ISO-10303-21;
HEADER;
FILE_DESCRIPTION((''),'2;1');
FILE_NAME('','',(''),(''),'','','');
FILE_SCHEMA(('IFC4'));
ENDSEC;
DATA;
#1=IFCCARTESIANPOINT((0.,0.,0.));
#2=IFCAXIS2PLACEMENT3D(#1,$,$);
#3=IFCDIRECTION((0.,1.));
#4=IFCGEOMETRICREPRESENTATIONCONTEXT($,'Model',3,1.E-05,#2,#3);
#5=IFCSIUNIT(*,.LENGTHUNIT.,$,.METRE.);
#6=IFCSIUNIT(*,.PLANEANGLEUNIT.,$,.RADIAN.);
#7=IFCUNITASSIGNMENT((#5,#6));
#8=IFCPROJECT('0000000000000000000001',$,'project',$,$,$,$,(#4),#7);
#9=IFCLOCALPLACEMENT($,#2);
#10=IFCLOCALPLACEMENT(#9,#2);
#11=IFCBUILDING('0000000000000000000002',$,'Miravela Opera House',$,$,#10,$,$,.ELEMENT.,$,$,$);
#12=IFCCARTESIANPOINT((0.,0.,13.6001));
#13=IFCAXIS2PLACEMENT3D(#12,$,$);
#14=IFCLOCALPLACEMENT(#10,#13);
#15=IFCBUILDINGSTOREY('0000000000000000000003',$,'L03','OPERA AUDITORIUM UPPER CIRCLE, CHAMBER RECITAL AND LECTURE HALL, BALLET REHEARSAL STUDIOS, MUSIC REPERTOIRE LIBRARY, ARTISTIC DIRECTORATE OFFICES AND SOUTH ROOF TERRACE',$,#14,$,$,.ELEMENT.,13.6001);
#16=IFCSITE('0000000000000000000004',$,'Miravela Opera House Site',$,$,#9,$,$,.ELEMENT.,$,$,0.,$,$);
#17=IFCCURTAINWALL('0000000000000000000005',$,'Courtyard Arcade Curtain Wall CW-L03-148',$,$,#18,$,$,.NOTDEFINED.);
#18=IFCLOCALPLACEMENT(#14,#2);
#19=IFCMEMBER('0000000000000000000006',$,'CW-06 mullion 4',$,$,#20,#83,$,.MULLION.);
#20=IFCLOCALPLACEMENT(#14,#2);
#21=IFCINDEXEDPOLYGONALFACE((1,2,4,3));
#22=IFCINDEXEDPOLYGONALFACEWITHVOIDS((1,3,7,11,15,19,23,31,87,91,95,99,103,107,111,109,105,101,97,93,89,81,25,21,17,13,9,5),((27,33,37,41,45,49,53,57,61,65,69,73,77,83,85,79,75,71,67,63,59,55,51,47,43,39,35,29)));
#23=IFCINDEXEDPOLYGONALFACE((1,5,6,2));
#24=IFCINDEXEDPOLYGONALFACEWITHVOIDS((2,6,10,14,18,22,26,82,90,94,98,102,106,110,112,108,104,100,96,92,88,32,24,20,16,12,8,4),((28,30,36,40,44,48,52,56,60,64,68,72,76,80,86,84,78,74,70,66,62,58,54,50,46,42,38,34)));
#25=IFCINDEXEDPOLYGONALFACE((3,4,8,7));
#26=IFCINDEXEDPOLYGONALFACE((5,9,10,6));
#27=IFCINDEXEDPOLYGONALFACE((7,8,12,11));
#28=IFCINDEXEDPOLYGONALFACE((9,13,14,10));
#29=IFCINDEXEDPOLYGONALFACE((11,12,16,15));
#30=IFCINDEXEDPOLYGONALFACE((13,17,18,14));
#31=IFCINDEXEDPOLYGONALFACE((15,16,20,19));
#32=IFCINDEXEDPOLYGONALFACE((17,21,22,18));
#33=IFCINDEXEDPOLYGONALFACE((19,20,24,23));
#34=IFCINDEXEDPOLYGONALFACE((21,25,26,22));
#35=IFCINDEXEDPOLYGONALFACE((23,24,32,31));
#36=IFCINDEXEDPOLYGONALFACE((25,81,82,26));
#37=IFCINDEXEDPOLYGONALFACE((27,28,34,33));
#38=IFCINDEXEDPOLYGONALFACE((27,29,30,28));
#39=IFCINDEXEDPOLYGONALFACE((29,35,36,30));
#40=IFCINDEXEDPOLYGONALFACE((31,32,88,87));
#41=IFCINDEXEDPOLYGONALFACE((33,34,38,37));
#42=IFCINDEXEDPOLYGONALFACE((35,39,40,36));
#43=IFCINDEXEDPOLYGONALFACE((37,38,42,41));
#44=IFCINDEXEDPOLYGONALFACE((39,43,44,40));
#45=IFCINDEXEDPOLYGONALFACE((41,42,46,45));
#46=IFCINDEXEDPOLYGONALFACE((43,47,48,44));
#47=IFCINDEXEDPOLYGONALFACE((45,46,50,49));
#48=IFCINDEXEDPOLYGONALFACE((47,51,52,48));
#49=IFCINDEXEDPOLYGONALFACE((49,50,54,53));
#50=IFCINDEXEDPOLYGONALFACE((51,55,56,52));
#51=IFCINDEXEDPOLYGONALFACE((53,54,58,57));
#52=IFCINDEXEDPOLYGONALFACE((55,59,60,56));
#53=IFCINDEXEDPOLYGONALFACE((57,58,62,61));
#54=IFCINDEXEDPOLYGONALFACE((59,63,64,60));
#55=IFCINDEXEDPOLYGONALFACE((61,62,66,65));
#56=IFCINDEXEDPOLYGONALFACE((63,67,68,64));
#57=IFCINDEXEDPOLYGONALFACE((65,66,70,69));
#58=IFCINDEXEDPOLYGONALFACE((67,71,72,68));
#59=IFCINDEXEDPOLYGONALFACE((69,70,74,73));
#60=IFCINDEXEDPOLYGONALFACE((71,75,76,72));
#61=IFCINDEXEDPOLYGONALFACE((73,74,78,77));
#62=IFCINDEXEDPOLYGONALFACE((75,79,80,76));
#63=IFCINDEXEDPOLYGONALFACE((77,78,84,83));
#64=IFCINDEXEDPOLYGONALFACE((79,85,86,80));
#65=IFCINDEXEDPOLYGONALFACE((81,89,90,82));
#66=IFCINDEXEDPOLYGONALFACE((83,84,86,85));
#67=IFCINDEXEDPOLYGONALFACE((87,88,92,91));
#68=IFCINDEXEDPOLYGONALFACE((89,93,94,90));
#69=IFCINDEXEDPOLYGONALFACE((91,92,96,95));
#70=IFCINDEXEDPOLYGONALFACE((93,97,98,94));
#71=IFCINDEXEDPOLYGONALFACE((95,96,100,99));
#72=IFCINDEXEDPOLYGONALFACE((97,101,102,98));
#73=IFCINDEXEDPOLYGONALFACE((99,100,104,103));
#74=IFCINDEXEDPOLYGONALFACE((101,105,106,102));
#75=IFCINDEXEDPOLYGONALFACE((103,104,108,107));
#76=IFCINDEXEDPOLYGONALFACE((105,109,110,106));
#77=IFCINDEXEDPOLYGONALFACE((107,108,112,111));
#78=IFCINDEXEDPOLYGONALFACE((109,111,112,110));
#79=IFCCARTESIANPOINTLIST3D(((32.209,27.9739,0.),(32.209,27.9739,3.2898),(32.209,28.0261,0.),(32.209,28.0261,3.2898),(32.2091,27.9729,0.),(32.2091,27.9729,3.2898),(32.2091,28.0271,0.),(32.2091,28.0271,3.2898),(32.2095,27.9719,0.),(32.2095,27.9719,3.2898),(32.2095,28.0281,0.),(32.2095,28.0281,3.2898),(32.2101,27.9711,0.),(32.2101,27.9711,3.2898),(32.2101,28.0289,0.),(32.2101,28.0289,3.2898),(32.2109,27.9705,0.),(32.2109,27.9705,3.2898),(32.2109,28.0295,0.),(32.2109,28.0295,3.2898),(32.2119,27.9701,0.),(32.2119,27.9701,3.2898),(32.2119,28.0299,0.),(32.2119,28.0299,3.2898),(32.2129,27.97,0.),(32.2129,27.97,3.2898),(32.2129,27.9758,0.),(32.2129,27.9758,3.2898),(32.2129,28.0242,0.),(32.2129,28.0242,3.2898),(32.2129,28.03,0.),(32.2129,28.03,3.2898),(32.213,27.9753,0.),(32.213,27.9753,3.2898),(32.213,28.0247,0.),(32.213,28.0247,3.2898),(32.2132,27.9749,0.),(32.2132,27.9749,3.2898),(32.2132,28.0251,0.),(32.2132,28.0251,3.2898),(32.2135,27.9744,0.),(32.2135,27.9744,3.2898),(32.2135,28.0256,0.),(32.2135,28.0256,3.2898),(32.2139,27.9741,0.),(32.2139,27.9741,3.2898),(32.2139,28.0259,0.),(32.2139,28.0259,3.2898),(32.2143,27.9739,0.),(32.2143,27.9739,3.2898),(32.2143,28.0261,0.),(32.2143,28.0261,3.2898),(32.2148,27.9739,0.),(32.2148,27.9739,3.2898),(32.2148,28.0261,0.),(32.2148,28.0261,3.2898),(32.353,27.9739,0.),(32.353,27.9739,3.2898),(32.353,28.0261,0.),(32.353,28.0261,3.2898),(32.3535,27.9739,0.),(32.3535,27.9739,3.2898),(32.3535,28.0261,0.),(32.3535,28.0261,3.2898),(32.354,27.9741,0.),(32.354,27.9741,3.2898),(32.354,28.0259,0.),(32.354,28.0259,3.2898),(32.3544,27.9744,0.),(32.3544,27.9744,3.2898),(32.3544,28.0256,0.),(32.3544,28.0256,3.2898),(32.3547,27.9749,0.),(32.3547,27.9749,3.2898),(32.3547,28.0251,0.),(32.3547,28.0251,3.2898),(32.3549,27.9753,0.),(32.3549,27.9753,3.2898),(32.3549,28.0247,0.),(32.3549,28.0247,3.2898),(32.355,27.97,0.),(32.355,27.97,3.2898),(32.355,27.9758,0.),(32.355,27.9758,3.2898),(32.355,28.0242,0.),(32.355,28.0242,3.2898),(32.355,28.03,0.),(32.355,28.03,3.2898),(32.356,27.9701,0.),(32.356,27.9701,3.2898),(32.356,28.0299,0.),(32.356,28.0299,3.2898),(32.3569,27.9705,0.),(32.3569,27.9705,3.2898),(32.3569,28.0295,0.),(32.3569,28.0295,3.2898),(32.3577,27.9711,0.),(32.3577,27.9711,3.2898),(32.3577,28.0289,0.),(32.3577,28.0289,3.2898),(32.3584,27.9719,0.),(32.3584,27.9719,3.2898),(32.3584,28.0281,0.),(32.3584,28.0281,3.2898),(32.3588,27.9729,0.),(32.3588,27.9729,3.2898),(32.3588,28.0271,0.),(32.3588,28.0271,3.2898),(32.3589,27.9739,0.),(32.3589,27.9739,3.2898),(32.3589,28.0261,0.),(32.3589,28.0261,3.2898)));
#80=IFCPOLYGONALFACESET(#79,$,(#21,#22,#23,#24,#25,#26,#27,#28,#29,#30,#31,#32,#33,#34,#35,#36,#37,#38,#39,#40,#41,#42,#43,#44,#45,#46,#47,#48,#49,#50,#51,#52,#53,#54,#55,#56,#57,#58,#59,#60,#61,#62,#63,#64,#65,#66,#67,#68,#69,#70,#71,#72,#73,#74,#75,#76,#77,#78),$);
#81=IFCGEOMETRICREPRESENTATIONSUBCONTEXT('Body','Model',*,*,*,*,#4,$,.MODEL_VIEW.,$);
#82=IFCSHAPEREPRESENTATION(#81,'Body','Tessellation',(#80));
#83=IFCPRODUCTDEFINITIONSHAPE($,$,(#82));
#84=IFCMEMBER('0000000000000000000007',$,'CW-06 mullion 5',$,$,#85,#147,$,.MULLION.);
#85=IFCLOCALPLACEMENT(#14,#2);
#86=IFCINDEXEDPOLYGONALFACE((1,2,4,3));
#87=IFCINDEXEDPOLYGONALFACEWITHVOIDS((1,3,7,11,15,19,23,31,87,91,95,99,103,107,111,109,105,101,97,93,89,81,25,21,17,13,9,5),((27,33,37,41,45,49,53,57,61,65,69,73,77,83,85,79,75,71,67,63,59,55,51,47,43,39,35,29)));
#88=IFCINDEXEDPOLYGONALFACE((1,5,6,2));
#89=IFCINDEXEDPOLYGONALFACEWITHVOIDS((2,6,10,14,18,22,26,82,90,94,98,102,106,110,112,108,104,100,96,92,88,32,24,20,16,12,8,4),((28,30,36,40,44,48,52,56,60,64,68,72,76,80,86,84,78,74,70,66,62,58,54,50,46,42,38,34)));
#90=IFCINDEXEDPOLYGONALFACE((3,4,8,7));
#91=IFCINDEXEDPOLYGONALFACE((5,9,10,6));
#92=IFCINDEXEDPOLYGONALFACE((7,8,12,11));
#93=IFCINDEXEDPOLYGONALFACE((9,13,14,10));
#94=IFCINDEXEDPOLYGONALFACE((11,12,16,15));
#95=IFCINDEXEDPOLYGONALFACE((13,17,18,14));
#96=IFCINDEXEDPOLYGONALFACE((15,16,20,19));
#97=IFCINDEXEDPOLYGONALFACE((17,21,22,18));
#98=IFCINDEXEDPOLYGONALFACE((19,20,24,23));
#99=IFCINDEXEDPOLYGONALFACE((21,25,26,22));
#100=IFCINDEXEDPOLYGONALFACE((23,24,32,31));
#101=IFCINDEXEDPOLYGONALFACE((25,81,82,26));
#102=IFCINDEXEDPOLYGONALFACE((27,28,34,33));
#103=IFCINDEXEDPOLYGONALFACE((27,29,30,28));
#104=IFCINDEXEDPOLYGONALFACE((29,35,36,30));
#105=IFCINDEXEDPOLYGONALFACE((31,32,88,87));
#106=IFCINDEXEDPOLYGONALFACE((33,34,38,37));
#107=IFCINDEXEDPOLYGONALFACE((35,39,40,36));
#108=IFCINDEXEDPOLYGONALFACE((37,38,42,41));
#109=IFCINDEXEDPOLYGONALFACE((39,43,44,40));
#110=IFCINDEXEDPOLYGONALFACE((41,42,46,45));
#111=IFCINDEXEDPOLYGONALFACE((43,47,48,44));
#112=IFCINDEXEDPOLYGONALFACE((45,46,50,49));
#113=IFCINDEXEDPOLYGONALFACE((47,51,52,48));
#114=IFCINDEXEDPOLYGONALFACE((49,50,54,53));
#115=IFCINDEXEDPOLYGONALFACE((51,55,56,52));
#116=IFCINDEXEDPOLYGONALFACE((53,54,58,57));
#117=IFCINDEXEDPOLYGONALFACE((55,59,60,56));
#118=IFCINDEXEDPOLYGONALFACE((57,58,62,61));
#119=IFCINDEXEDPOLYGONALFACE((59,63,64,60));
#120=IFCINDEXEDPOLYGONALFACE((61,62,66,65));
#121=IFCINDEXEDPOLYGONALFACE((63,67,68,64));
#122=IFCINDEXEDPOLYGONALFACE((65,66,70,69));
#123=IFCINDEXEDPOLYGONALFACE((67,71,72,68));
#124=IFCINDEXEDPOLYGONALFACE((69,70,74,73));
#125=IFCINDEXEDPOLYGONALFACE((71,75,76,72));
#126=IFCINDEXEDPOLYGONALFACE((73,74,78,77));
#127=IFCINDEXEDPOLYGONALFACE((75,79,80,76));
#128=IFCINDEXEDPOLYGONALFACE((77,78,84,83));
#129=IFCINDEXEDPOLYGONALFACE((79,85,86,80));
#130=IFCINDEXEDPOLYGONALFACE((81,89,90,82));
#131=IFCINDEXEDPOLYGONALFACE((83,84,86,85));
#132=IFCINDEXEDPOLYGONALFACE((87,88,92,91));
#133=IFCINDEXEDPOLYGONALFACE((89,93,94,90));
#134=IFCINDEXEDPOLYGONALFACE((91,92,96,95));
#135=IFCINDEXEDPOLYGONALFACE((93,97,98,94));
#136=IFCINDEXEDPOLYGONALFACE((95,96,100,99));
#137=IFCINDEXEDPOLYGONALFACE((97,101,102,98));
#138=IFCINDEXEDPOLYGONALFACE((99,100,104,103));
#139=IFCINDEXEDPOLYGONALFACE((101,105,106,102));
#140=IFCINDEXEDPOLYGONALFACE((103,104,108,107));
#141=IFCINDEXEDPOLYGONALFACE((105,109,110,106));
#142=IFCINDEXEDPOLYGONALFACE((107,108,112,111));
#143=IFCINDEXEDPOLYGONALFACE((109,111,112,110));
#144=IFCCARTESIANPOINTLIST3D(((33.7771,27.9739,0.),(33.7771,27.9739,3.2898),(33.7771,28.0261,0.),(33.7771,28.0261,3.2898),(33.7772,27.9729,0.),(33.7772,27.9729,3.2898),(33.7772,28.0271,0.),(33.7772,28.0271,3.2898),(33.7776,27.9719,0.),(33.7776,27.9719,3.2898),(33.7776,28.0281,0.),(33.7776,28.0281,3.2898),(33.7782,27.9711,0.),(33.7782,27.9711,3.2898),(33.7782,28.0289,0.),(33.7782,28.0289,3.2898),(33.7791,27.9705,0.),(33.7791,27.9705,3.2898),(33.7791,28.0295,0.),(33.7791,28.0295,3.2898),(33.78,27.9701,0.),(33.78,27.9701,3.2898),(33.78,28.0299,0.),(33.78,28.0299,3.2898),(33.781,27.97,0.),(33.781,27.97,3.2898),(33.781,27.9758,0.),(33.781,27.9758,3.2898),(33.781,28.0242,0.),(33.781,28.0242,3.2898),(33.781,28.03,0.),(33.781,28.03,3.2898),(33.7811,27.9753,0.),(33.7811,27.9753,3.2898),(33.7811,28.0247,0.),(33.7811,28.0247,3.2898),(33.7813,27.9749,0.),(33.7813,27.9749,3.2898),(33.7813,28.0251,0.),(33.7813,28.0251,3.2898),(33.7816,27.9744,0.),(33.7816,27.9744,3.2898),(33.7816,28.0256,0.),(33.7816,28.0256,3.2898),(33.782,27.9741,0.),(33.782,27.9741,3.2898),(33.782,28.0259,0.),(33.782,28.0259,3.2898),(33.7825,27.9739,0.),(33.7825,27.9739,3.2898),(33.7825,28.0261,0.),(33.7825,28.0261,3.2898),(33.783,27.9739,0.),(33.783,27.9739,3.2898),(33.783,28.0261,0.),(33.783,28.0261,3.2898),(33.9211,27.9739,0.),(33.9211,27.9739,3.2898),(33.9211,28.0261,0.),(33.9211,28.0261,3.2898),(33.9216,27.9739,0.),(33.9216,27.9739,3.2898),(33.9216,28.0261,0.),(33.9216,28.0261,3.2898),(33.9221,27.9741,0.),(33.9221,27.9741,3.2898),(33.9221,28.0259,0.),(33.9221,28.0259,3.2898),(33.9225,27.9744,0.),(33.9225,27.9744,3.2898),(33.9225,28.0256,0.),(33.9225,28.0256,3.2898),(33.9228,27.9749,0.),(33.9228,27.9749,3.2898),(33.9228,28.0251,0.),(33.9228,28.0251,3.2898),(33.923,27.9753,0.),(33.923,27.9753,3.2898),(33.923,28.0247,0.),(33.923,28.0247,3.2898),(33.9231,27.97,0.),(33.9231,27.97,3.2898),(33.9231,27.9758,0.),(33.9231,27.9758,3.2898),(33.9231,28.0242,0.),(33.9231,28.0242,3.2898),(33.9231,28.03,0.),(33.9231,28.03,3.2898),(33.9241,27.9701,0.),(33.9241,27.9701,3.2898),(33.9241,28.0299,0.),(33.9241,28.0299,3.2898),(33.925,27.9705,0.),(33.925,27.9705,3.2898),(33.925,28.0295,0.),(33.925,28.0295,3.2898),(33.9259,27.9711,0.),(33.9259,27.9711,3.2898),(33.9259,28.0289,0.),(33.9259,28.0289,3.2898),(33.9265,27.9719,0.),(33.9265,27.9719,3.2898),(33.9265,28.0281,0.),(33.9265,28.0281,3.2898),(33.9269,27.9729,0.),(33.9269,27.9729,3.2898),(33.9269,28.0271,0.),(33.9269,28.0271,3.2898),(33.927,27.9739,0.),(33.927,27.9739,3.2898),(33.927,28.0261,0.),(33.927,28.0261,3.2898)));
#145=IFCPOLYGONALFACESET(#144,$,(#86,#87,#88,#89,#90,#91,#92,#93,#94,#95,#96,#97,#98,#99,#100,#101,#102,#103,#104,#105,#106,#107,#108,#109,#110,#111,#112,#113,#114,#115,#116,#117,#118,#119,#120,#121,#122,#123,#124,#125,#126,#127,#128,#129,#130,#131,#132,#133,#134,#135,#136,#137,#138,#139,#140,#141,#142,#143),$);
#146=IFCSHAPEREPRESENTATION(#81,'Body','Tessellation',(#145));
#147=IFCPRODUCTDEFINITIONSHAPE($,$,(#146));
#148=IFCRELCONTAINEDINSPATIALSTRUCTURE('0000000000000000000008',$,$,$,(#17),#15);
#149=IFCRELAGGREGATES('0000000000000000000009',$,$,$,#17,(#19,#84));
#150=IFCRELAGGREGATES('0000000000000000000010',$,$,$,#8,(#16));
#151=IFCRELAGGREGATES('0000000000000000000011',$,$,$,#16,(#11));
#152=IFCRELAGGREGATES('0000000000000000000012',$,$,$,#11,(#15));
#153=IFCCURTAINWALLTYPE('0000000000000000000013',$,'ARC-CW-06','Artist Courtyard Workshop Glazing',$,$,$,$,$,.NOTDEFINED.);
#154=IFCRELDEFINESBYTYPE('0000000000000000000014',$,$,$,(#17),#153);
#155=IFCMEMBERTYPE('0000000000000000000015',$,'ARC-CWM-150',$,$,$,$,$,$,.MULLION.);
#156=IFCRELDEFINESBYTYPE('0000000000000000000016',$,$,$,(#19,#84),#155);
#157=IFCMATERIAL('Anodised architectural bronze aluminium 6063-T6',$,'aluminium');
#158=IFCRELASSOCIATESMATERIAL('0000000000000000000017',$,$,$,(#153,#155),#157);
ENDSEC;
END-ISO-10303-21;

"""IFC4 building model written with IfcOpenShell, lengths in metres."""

from ifc_helpers import new_model, si_unit, direction, frame, origin, origin_2d, place, context, subcontext, project, spatial, hollow_rectangle, extrude, material, material_profile, profile_set, type_object, element, aggregate, save


model = new_model("IFC4")

# Units and contexts
model_context = context("Model", 3, precision=1e-05, world=origin(), true_north=direction((0.0, 1.0)))
body_context = subcontext(model_context, "Body", "Model", "MODEL_VIEW")
ifc_project = project(units=[si_unit("LENGTHUNIT", "METRE"), si_unit("PLANEANGLEUNIT", "RADIAN")], contexts=[model_context])

# Site, building, storey
site_placement = place(None, origin())
site = spatial("IfcSite", under=ifc_project, at=site_placement, Name="Miravela Opera House Site", CompositionType="ELEMENT", RefElevation=0.0)
building_placement = place(site_placement, origin())
building = spatial("IfcBuilding", under=site, at=building_placement, Name="Miravela Opera House", CompositionType="ELEMENT")
storey_placement = place(building_placement, frame((0.0, 0.0, 13.6001)))
storey = spatial("IfcBuildingStorey", under=building, at=storey_placement, Name="L03", Description="OPERA AUDITORIUM UPPER CIRCLE, CHAMBER RECITAL AND LECTURE HALL, BALLET REHEARSAL STUDIOS, MUSIC REPERTOIRE LIBRARY, ARTISTIC DIRECTORATE OFFICES AND SOUTH ROOF TERRACE", CompositionType="ELEMENT", Elevation=13.6001)

# Curtain wall, members
ifc_material_1 = material(Name="Anodised architectural bronze aluminium 6063-T6", Category="aluminium")
curtain_wall_type = type_object("IfcCurtainWallType", Name="ARC-CW-06", Description="Artist Courtyard Workshop Glazing", PredefinedType="NOTDEFINED", material=ifc_material_1)
curtain_wall_placement = place(storey_placement, origin())
curtain_wall = element("IfcCurtainWall", 1, at=curtain_wall_placement, inside=storey, type_object=curtain_wall_type, Name="Courtyard Arcade Curtain Wall CW-L03-148", PredefinedType="NOTDEFINED")
ifc_material_profile_1 = material_profile(ifc_material_1, hollow_rectangle(XDim=0.0601, YDim=0.1499, WallThickness=0.0039, InnerFilletRadius=0.002, OuterFilletRadius=0.0039, at=origin_2d()), Name="CWM-60X150")
ifc_profile_set_1 = profile_set([ifc_material_profile_1])
member_type_1 = type_object("IfcMemberType", Name="ARC-CWM-150", PredefinedType="MULLION", material=ifc_profile_set_1)
member_1_placement = place(storey_placement, frame((32.2839, 28.0, 0.0), z_axis=(0.0, 0.0, 1.0), x_axis=(0.0, 1.0, 0.0)))
member_1 = element("IfcMember", 2, at=member_1_placement, type_object=member_type_1, Name="CW-06 mullion 4", PredefinedType="MULLION", context=body_context, shape_type="SweptSolid", body=[
    extrude(hollow_rectangle(XDim=0.0601, YDim=0.1499, WallThickness=0.0039, InnerFilletRadius=0.002, OuterFilletRadius=0.0039, at=origin_2d()), origin(), (0.0, 0.0, 1.0), 3.2898),
])
member_2_placement = place(storey_placement, frame((33.8521, 28.0, 0.0), z_axis=(0.0, 0.0, 1.0), x_axis=(0.0, 1.0, 0.0)))
member_2 = element("IfcMember", 3, at=member_2_placement, type_object=member_type_1, Name="CW-06 mullion 5", PredefinedType="MULLION", context=body_context, shape_type="SweptSolid", body=[
    extrude(hollow_rectangle(XDim=0.0601, YDim=0.1499, WallThickness=0.0039, InnerFilletRadius=0.002, OuterFilletRadius=0.0039, at=origin_2d()), origin(), (0.0, 0.0, 1.0), 3.2898),
])
aggregate(curtain_wall, [member_1, member_2])

save(model, "model.ifc")
